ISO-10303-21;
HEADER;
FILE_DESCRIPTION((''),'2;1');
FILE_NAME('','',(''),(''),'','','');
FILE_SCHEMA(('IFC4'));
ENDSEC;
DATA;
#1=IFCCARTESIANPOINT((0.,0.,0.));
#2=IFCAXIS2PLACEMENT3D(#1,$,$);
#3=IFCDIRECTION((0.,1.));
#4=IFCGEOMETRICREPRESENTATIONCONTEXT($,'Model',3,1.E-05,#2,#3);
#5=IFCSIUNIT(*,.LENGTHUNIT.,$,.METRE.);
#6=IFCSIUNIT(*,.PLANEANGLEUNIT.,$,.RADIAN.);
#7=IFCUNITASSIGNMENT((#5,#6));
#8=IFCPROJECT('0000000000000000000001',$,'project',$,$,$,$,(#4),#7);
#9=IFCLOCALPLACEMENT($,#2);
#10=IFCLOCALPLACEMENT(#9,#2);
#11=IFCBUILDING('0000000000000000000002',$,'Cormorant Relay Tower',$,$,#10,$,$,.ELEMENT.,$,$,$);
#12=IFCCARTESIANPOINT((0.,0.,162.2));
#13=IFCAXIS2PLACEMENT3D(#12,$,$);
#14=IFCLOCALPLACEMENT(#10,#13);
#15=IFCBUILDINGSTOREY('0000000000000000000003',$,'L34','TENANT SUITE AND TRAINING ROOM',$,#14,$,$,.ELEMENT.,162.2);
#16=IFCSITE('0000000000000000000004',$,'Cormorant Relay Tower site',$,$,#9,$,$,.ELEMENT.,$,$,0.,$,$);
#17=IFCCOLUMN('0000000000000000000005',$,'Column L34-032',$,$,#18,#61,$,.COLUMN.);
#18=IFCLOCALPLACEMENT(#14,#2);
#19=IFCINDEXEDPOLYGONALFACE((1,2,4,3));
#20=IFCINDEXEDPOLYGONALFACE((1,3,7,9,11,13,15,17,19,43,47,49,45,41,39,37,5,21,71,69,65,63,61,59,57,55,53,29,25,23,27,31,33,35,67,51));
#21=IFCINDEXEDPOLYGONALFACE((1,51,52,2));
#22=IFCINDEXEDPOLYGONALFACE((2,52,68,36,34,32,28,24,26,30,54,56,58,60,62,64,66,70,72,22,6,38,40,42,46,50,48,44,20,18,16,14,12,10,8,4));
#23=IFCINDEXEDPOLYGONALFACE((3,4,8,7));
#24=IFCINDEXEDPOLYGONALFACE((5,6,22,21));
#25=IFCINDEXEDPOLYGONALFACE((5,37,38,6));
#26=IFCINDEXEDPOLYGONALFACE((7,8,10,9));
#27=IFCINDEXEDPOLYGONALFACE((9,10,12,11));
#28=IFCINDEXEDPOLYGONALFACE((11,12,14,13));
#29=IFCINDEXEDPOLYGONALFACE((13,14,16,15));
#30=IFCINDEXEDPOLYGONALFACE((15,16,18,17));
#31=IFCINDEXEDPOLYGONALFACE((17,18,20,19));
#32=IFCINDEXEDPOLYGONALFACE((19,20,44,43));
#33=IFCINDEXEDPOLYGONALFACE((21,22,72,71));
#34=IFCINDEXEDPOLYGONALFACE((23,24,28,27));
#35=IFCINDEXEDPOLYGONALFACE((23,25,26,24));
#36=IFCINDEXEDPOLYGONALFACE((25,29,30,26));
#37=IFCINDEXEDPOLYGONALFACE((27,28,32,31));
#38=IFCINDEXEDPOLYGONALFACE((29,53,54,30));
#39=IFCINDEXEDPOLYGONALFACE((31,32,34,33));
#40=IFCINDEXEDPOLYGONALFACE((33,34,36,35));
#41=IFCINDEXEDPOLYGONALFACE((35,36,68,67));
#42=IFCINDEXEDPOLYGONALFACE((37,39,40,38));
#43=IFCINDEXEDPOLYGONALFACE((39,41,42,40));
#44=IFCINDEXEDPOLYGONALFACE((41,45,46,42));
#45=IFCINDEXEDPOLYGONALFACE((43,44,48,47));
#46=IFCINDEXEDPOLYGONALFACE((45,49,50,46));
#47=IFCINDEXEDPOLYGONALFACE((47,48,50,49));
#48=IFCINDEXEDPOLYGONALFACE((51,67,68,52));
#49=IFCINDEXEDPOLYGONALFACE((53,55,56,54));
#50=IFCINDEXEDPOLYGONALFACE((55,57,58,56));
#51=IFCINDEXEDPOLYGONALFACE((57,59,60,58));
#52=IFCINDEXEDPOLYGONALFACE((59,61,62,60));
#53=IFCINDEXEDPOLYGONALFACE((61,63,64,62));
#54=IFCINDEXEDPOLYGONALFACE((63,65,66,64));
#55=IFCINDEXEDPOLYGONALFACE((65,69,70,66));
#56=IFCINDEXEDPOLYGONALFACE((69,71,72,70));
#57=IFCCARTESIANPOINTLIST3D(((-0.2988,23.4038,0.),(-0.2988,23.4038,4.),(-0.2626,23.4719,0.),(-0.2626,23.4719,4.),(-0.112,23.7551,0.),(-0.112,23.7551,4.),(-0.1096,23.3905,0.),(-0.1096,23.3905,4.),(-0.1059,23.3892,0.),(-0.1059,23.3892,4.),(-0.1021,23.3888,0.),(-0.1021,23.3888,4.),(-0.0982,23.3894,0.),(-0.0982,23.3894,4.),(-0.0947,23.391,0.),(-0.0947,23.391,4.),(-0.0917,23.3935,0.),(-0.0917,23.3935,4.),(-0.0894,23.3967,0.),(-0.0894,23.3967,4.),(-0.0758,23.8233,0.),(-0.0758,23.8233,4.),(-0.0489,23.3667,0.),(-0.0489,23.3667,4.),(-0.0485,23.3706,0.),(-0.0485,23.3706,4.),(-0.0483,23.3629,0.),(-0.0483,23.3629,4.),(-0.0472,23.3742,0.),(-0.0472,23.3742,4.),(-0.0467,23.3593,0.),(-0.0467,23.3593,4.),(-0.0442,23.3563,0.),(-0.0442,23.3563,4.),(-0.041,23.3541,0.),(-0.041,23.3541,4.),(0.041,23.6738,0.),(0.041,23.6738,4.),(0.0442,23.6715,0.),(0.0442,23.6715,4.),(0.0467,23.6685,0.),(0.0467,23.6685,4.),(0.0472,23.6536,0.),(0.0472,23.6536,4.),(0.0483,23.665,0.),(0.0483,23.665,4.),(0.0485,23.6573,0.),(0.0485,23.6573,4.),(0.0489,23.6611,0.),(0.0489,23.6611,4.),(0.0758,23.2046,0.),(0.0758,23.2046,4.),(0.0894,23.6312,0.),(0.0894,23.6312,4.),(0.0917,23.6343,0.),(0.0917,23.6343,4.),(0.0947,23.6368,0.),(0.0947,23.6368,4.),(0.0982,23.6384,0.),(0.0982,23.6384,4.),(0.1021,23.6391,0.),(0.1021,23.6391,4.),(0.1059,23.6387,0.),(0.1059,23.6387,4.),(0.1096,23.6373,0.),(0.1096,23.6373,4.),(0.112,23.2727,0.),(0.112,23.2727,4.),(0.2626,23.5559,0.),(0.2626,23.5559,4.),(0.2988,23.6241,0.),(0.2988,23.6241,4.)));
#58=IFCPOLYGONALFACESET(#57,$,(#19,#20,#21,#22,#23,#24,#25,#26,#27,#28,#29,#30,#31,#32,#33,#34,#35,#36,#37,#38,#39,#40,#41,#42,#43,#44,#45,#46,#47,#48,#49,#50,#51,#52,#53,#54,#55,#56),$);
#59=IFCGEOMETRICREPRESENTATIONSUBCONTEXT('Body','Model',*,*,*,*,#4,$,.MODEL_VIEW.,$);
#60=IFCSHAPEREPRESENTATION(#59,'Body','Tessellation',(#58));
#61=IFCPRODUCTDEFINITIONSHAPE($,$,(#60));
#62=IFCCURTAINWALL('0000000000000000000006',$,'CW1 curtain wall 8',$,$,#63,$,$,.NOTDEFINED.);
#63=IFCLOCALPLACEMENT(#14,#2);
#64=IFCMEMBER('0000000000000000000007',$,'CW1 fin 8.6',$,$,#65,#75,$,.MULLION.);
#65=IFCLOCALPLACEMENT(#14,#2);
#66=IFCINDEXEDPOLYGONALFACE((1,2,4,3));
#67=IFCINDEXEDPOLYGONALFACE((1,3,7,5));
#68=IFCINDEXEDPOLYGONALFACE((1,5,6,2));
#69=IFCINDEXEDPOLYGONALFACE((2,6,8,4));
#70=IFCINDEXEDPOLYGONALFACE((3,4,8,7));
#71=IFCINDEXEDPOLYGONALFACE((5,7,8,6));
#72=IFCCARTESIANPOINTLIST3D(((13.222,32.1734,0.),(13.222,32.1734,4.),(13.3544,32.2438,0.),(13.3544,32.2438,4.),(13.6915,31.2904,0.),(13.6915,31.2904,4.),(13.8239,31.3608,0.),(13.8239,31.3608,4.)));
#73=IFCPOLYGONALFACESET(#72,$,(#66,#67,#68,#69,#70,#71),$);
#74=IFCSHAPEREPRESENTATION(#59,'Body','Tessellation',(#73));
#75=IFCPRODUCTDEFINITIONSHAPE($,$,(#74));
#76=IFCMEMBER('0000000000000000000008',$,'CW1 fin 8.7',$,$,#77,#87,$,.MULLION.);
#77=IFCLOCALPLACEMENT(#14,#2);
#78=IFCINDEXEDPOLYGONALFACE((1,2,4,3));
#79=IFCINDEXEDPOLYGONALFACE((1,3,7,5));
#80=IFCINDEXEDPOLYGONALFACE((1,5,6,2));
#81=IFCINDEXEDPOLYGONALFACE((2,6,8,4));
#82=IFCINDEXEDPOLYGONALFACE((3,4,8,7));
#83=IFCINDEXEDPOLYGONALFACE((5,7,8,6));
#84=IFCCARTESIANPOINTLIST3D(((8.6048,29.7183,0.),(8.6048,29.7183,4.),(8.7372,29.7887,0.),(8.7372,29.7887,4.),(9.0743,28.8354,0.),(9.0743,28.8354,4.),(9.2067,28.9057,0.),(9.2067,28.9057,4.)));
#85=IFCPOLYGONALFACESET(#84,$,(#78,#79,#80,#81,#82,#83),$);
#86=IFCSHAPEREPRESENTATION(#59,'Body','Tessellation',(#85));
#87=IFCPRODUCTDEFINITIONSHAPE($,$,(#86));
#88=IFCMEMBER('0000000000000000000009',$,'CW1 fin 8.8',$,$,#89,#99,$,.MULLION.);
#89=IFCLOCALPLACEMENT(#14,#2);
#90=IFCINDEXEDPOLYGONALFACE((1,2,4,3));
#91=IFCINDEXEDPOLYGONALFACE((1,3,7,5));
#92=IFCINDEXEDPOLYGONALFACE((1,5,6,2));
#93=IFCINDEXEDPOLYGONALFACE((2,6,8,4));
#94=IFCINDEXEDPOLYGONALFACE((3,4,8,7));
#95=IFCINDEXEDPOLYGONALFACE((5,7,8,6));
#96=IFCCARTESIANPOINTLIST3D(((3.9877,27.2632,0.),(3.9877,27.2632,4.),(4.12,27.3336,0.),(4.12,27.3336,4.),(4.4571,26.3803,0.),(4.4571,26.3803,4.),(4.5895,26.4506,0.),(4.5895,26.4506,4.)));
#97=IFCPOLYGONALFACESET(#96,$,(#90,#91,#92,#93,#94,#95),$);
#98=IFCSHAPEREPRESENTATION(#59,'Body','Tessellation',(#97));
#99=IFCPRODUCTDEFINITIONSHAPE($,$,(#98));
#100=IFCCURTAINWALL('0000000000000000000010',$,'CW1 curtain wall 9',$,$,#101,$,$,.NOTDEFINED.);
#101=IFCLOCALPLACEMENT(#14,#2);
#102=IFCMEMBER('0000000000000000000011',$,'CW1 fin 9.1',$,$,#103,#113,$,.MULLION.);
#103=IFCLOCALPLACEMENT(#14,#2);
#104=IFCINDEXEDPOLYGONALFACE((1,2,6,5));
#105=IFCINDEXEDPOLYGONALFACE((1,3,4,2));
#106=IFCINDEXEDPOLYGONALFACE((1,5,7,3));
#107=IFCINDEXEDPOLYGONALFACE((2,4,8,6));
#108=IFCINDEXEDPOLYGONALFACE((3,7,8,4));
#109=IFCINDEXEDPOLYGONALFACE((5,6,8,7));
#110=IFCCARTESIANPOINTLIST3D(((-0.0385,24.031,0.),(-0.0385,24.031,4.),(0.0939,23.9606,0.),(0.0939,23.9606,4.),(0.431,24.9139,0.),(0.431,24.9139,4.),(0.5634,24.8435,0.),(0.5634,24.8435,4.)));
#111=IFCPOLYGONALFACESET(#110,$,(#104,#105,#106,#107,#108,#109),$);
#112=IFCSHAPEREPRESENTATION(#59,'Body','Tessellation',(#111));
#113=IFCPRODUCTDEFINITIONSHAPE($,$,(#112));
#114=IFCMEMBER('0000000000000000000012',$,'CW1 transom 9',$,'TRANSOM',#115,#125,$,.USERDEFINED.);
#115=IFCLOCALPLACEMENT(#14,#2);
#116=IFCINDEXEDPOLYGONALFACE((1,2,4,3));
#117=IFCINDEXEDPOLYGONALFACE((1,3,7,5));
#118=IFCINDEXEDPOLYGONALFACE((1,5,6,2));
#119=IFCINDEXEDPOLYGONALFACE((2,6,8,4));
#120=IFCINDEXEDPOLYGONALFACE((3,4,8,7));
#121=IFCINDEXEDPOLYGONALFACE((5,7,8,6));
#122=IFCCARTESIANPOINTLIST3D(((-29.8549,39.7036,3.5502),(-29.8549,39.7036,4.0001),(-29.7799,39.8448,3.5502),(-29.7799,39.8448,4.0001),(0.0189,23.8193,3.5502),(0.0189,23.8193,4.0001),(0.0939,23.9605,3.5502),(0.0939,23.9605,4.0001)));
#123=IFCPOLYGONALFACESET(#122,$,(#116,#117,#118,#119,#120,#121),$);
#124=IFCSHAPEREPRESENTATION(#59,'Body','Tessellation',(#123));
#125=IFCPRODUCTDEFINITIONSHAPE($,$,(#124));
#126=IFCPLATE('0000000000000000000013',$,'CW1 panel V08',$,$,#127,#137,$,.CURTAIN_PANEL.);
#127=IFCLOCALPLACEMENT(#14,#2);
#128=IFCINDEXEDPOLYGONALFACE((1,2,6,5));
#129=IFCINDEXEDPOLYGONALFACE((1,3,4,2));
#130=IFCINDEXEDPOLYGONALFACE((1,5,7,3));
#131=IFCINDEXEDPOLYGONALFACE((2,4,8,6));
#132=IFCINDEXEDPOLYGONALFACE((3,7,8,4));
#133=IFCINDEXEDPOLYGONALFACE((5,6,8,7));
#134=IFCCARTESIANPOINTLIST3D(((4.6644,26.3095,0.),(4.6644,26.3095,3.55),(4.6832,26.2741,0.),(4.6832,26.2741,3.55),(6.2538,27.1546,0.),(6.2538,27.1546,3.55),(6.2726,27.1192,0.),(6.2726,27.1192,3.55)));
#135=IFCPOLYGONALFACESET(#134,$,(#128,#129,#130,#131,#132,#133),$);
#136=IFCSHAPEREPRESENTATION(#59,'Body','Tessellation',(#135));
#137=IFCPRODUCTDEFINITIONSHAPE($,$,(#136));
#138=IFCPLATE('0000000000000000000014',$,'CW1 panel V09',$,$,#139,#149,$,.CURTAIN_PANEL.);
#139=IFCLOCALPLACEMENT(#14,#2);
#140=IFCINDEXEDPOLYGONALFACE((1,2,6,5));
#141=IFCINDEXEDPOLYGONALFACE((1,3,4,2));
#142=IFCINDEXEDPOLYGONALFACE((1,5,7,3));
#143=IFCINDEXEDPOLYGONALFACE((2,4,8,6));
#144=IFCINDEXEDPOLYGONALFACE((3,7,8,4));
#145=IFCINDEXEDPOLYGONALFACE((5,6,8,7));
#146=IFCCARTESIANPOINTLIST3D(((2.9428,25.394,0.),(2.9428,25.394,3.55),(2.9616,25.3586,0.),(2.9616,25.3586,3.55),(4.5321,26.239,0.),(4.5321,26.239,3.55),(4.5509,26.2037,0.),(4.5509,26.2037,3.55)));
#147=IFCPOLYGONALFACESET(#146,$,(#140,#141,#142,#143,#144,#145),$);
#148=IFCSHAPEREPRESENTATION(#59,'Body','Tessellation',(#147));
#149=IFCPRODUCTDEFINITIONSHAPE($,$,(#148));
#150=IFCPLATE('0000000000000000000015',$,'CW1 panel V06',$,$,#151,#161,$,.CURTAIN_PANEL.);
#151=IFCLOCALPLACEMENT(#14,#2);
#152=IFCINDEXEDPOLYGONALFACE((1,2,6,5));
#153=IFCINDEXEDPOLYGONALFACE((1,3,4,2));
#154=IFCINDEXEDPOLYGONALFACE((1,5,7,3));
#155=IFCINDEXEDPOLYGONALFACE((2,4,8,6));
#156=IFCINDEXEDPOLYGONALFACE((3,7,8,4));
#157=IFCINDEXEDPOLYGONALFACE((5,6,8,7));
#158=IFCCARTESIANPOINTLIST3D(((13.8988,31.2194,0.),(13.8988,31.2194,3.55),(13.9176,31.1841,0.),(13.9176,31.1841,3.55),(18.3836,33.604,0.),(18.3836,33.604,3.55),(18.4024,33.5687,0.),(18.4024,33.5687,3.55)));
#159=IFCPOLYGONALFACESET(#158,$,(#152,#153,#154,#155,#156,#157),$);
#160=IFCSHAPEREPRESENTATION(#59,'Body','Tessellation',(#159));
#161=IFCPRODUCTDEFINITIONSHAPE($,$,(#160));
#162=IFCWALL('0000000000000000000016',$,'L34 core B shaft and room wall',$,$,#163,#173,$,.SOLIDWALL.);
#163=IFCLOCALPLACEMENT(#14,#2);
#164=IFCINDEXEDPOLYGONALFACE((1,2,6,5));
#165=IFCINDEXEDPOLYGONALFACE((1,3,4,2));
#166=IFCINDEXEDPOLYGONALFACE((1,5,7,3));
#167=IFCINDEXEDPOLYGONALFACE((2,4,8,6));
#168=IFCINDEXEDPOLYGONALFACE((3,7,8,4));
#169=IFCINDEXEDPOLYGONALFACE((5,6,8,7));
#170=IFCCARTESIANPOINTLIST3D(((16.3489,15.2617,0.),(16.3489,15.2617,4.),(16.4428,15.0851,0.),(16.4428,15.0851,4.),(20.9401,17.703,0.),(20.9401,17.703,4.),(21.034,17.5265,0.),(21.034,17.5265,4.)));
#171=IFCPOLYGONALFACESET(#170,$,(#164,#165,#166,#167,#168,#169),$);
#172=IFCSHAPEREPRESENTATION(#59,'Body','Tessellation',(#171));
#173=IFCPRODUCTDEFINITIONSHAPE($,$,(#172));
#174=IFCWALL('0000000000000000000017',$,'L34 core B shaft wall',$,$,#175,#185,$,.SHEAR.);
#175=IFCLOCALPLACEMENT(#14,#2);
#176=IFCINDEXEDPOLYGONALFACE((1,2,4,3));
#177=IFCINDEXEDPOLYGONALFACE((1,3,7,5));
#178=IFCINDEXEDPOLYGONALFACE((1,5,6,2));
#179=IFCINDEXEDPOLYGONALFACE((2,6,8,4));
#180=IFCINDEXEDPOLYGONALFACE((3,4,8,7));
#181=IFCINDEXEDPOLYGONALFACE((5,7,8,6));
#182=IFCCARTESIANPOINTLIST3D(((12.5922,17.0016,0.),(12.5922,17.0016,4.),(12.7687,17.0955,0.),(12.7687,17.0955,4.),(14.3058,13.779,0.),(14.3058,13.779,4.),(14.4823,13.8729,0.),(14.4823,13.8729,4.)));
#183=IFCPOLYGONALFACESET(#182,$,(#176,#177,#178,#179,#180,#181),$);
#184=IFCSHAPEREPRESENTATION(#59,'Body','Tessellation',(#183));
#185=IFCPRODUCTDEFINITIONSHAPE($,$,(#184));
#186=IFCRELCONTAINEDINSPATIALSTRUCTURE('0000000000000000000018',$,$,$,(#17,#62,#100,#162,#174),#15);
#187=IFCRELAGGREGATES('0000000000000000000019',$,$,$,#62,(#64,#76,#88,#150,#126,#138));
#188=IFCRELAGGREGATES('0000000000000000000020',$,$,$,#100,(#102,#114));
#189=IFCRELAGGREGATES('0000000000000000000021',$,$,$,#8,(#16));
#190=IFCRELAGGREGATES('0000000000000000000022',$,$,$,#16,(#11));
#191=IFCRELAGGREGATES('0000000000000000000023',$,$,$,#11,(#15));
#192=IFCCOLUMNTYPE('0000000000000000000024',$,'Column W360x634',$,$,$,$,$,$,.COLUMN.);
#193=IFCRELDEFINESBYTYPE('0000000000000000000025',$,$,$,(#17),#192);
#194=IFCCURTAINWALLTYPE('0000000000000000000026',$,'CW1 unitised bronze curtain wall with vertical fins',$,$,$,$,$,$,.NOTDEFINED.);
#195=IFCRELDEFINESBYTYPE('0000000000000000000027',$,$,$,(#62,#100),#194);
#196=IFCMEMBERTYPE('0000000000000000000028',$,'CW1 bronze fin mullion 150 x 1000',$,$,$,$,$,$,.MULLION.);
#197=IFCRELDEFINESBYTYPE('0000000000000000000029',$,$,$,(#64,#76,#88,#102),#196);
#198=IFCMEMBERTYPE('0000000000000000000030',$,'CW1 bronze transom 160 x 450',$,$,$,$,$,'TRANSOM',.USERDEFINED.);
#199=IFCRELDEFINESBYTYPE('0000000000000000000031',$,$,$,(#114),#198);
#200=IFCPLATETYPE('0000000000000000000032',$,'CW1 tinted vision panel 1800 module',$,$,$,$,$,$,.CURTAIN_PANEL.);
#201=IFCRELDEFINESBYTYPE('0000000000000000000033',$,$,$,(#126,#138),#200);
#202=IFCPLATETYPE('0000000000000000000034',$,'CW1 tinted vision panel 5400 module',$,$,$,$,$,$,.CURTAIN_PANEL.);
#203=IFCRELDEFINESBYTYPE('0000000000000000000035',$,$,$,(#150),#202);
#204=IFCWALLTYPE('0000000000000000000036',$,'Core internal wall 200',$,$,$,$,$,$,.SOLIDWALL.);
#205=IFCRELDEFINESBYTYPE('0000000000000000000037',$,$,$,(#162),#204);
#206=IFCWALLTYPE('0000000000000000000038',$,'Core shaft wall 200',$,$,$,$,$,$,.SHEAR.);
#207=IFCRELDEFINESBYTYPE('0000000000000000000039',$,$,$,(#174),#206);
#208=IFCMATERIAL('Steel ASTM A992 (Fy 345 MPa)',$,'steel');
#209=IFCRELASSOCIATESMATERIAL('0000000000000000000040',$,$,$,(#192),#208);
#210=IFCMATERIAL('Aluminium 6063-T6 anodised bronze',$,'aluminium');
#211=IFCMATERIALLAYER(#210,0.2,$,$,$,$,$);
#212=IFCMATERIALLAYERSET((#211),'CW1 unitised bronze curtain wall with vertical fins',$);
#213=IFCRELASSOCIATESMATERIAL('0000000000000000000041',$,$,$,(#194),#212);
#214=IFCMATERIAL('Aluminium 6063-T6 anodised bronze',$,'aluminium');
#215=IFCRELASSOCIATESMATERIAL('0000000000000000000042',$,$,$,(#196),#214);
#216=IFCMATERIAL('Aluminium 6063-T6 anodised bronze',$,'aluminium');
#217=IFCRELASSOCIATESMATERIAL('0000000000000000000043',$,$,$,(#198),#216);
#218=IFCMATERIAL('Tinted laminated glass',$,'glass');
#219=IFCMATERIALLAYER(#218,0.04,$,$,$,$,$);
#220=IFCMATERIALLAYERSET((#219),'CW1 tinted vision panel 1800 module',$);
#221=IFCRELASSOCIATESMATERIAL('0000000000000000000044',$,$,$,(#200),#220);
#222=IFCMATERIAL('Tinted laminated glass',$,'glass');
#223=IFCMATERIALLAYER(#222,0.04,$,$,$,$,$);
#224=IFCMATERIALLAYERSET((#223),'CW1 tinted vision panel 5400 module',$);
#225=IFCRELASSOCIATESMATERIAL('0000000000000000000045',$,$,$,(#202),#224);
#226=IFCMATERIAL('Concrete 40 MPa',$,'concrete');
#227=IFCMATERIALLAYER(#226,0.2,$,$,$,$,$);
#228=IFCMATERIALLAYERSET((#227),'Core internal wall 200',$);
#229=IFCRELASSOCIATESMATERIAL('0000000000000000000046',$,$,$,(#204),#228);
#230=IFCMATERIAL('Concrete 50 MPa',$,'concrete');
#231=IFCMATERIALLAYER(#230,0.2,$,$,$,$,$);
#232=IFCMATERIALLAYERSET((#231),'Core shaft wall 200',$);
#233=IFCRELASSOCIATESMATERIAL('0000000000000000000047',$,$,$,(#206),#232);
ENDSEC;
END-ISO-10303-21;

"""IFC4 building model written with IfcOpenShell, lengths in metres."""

from ifc_helpers import new_model, si_unit, direction, frame, frame_2d, origin, origin_2d, place, context, subcontext, project, spatial, rectangle, i_section, extrude, material, layer, layer_set, material_profile, profile_set, type_object, element, aggregate, save


model = new_model("IFC4")

# Units and contexts
model_context = context("Model", 3, precision=1e-05, world=origin(), true_north=direction((0.0, 1.0)))
body_context = subcontext(model_context, "Body", "Model", "MODEL_VIEW")
ifc_project = project(units=[si_unit("LENGTHUNIT", "METRE"), si_unit("PLANEANGLEUNIT", "RADIAN")], contexts=[model_context])

# Site, building, storey
site_placement = place(None, origin())
site = spatial("IfcSite", under=ifc_project, at=site_placement, Name="Cormorant Relay Tower site", CompositionType="ELEMENT", RefElevation=0.0)
building_placement = place(site_placement, origin())
building = spatial("IfcBuilding", under=site, at=building_placement, Name="Cormorant Relay Tower", CompositionType="ELEMENT")
storey_placement = place(building_placement, frame((0.0, 0.0, 162.2)))
storey = spatial("IfcBuildingStorey", under=building, at=storey_placement, Name="L34", Description="TENANT SUITE AND TRAINING ROOM", CompositionType="ELEMENT", Elevation=162.2)

# Column
ifc_material_1 = material(Name="Steel ASTM A992 (Fy 345 MPa)", Category="steel")
ifc_material_profile_1 = material_profile(ifc_material_1, i_section(OverallWidth=0.4243, OverallDepth=0.4751, WebThickness=0.0479, FlangeThickness=0.0771, FilletRadius=0.0149, at=origin_2d()), Name="W360x634")
ifc_profile_set_1 = profile_set([ifc_material_profile_1], Name="Steel ASTM A992 (Fy 345 MPa)")
column_type_1 = type_object("IfcColumnType", Name="Column W360x634", PredefinedType="COLUMN", material=ifc_profile_set_1)
column_1_placement = place(storey_placement, frame((0.0, 23.5139, 0.0), z_axis=(0.0, 0.0, 1.0), x_axis=(-0.882948, 0.469472, 0.0)))
element("IfcColumn", 1, at=column_1_placement, inside=storey, type_object=column_type_1, Name="Column L34-032", PredefinedType="COLUMN", context=body_context, shape_type="SweptSolid", body=[
    extrude(i_section(OverallWidth=0.4243, OverallDepth=0.4751, WebThickness=0.0479, FlangeThickness=0.0771, FilletRadius=0.0149, at=origin_2d()), origin(), (0.0, 0.0, 1.0), 4.0),
])

# Curtain walls, members
ifc_material_2 = material(Name="Aluminium 6063-T6 anodised bronze", Category="aluminium")
ifc_layer_1 = layer(ifc_material_2, 0.2)
ifc_layer_set_1 = layer_set([ifc_layer_1], Name="CW1 unitised bronze curtain wall with vertical fins")
curtain_wall_type = type_object("IfcCurtainWallType", Name="CW1 unitised bronze curtain wall with vertical fins", PredefinedType="NOTDEFINED", material=ifc_layer_set_1)
curtain_wall_1_placement = place(storey_placement, origin())
curtain_wall_1 = element("IfcCurtainWall", 2, at=curtain_wall_1_placement, inside=storey, type_object=curtain_wall_type, Name="CW1 curtain wall 8", PredefinedType="NOTDEFINED")
ifc_material_3 = material(Name="Aluminium 6063-T6 anodised bronze", Category="aluminium")
ifc_material_profile_2 = material_profile(ifc_material_3, rectangle(XDim=0.1499, YDim=1.0, at=origin_2d()), Name="AL 150x1000")
ifc_profile_set_2 = profile_set([ifc_material_profile_2], Name="Aluminium 6063-T6 anodised bronze")
member_type_1 = type_object("IfcMemberType", Name="CW1 bronze fin mullion 150 x 1000", PredefinedType="MULLION", material=ifc_profile_set_2)
member_1_placement = place(storey_placement, frame((13.5229, 31.7671, 0.0), z_axis=(0.0, 0.0, 1.0), x_axis=(-0.882948, -0.469472, 0.0)))
member_1 = element("IfcMember", 3, at=member_1_placement, type_object=member_type_1, Name="CW1 fin 8.6", PredefinedType="MULLION", context=body_context, shape_type="SweptSolid", body=[
    extrude(rectangle(XDim=0.1499, YDim=1.0, at=origin_2d()), origin(), (0.0, 0.0, 1.0), 4.0),
])
member_2_placement = place(storey_placement, frame((8.9058, 29.312, 0.0), z_axis=(0.0, 0.0, 1.0), x_axis=(-0.882948, -0.469472, 0.0)))
member_2 = element("IfcMember", 4, at=member_2_placement, type_object=member_type_1, Name="CW1 fin 8.7", PredefinedType="MULLION", context=body_context, shape_type="SweptSolid", body=[
    extrude(rectangle(XDim=0.1499, YDim=1.0, at=origin_2d()), origin(), (0.0, 0.0, 1.0), 4.0),
])
member_3_placement = place(storey_placement, frame((4.2886, 26.8569, 0.0), z_axis=(0.0, 0.0, 1.0), x_axis=(-0.882948, -0.469472, 0.0)))
member_3 = element("IfcMember", 5, at=member_3_placement, type_object=member_type_1, Name="CW1 fin 8.8", PredefinedType="MULLION", context=body_context, shape_type="SweptSolid", body=[
    extrude(rectangle(XDim=0.1499, YDim=1.0, at=origin_2d()), origin(), (0.0, 0.0, 1.0), 4.0),
])
curtain_wall_2_placement = place(storey_placement, origin())
curtain_wall_2 = element("IfcCurtainWall", 6, at=curtain_wall_2_placement, inside=storey, type_object=curtain_wall_type, Name="CW1 curtain wall 9", PredefinedType="NOTDEFINED")
member_4_placement = place(storey_placement, frame((0.2625, 24.4373, 0.0), z_axis=(0.0, 0.0, 1.0), x_axis=(-0.882948, 0.469472, 0.0)))
member_4 = element("IfcMember", 7, at=member_4_placement, type_object=member_type_1, Name="CW1 fin 9.1", PredefinedType="MULLION", context=body_context, shape_type="SweptSolid", body=[
    extrude(rectangle(XDim=0.1499, YDim=1.0, at=origin_2d()), origin(), (0.0, 0.0, 1.0), 4.0),
])
ifc_material_4 = material(Name="Aluminium 6063-T6 anodised bronze", Category="aluminium")
ifc_material_profile_3 = material_profile(ifc_material_4, rectangle(XDim=0.1599, YDim=0.45, at=origin_2d()), Name="AL 160x450")
ifc_profile_set_3 = profile_set([ifc_material_profile_3], Name="Aluminium 6063-T6 anodised bronze")
member_type_2 = type_object("IfcMemberType", Name="CW1 bronze transom 160 x 450", ElementType="TRANSOM", PredefinedType="USERDEFINED", material=ifc_profile_set_3)
member_5_placement = place(storey_placement, frame((0.0564, 23.8899, 3.7751), z_axis=(-0.882946, 0.469474, 0.0), x_axis=(-0.469474, -0.882946, 0.0)))
member_5 = element("IfcMember", 8, at=member_5_placement, type_object=member_type_2, Name="CW1 transom 9", ObjectType="TRANSOM", PredefinedType="USERDEFINED", context=body_context, shape_type="SweptSolid", body=[
    extrude(rectangle(XDim=0.1599, YDim=0.45, at=origin_2d()), origin(), (0.0, 0.0, 1.0), 33.8342),
])

# Plates
ifc_material_5 = material(Name="Tinted laminated glass", Category="glass")
ifc_layer_2 = layer(ifc_material_5, 0.04)
ifc_layer_set_2 = layer_set([ifc_layer_2], Name="CW1 tinted vision panel 1800 module")
plate_type_1 = type_object("IfcPlateType", Name="CW1 tinted vision panel 1800 module", PredefinedType="CURTAIN_PANEL", material=ifc_layer_set_2)
plate_1_placement = place(storey_placement, frame((5.4685, 26.7144, 0.0), z_axis=(0.0, 0.0, 1.0), x_axis=(-0.882948, -0.469472, 0.0)))
plate_1 = element("IfcPlate", 9, at=plate_1_placement, type_object=plate_type_1, Name="CW1 panel V08", PredefinedType="CURTAIN_PANEL", context=body_context, shape_type="SweptSolid", body=[
    extrude(rectangle(XDim=1.8, YDim=0.04, at=origin_2d()), origin(), (0.0, 0.0, 1.0), 3.55),
])
plate_2_placement = place(storey_placement, frame((3.7468, 25.7988, 0.0), z_axis=(0.0, 0.0, 1.0), x_axis=(-0.882948, -0.469472, 0.0)))
plate_2 = element("IfcPlate", 10, at=plate_2_placement, type_object=plate_type_1, Name="CW1 panel V09", PredefinedType="CURTAIN_PANEL", context=body_context, shape_type="SweptSolid", body=[
    extrude(rectangle(XDim=1.8, YDim=0.04, at=origin_2d()), origin(), (0.0, 0.0, 1.0), 3.55),
])
ifc_material_6 = material(Name="Tinted laminated glass", Category="glass")
ifc_layer_3 = layer(ifc_material_6, 0.04)
ifc_layer_set_3 = layer_set([ifc_layer_3], Name="CW1 tinted vision panel 5400 module")
plate_type_2 = type_object("IfcPlateType", Name="CW1 tinted vision panel 5400 module", PredefinedType="CURTAIN_PANEL", material=ifc_layer_set_3)
plate_3_placement = place(storey_placement, frame((16.1506, 32.394, 0.0), z_axis=(0.0, 0.0, 1.0), x_axis=(-0.882948, -0.469472, 0.0)))
plate_3 = element("IfcPlate", 11, at=plate_3_placement, type_object=plate_type_2, Name="CW1 panel V06", PredefinedType="CURTAIN_PANEL", context=body_context, shape_type="SweptSolid", body=[
    extrude(rectangle(XDim=5.0793, YDim=0.04, at=origin_2d()), origin(), (0.0, 0.0, 1.0), 3.55),
])

# Walls
ifc_material_7 = material(Name="Concrete 40 MPa", Category="concrete")
ifc_layer_4 = layer(ifc_material_7, 0.2)
ifc_layer_set_4 = layer_set([ifc_layer_4], Name="Core internal wall 200")
wall_type_1 = type_object("IfcWallType", Name="Core internal wall 200", PredefinedType="SOLIDWALL", material=ifc_layer_set_4)
wall_1_placement = place(storey_placement, frame((16.3958, 15.1733, 0.0), z_axis=(0.0, 0.0, 1.0), x_axis=(0.882935, 0.469496, 0.0)))
element("IfcWall", 12, at=wall_1_placement, inside=storey, type_object=wall_type_1, Name="L34 core B shaft and room wall", PredefinedType="SOLIDWALL", context=body_context, shape_type="SweptSolid", body=[
    extrude(rectangle(XDim=5.2, YDim=0.2, at=frame_2d((2.6001, 0.0))), origin(), (0.0, 0.0, 1.0), 4.0),
])
ifc_material_8 = material(Name="Concrete 50 MPa", Category="concrete")
ifc_layer_5 = layer(ifc_material_8, 0.2)
ifc_layer_set_5 = layer_set([ifc_layer_5], Name="Core shaft wall 200")
wall_type_2 = type_object("IfcWallType", Name="Core shaft wall 200", PredefinedType="SHEAR", material=ifc_layer_set_5)
wall_2_placement = place(storey_placement, frame((14.394, 13.8259, 0.0), z_axis=(0.0, 0.0, 1.0), x_axis=(-0.469494, 0.882936, 0.0)))
element("IfcWall", 13, at=wall_2_placement, inside=storey, type_object=wall_type_2, Name="L34 core B shaft wall", PredefinedType="SHEAR", context=body_context, shape_type="SweptSolid", body=[
    extrude(rectangle(XDim=3.6499, YDim=0.2, at=frame_2d((1.825, 0.0))), origin(), (0.0, 0.0, 1.0), 4.0),
])

aggregate(curtain_wall_1, [member_1, member_2, member_3, plate_3, plate_1, plate_2])
aggregate(curtain_wall_2, [member_4, member_5])

save(model, "model.ifc")
